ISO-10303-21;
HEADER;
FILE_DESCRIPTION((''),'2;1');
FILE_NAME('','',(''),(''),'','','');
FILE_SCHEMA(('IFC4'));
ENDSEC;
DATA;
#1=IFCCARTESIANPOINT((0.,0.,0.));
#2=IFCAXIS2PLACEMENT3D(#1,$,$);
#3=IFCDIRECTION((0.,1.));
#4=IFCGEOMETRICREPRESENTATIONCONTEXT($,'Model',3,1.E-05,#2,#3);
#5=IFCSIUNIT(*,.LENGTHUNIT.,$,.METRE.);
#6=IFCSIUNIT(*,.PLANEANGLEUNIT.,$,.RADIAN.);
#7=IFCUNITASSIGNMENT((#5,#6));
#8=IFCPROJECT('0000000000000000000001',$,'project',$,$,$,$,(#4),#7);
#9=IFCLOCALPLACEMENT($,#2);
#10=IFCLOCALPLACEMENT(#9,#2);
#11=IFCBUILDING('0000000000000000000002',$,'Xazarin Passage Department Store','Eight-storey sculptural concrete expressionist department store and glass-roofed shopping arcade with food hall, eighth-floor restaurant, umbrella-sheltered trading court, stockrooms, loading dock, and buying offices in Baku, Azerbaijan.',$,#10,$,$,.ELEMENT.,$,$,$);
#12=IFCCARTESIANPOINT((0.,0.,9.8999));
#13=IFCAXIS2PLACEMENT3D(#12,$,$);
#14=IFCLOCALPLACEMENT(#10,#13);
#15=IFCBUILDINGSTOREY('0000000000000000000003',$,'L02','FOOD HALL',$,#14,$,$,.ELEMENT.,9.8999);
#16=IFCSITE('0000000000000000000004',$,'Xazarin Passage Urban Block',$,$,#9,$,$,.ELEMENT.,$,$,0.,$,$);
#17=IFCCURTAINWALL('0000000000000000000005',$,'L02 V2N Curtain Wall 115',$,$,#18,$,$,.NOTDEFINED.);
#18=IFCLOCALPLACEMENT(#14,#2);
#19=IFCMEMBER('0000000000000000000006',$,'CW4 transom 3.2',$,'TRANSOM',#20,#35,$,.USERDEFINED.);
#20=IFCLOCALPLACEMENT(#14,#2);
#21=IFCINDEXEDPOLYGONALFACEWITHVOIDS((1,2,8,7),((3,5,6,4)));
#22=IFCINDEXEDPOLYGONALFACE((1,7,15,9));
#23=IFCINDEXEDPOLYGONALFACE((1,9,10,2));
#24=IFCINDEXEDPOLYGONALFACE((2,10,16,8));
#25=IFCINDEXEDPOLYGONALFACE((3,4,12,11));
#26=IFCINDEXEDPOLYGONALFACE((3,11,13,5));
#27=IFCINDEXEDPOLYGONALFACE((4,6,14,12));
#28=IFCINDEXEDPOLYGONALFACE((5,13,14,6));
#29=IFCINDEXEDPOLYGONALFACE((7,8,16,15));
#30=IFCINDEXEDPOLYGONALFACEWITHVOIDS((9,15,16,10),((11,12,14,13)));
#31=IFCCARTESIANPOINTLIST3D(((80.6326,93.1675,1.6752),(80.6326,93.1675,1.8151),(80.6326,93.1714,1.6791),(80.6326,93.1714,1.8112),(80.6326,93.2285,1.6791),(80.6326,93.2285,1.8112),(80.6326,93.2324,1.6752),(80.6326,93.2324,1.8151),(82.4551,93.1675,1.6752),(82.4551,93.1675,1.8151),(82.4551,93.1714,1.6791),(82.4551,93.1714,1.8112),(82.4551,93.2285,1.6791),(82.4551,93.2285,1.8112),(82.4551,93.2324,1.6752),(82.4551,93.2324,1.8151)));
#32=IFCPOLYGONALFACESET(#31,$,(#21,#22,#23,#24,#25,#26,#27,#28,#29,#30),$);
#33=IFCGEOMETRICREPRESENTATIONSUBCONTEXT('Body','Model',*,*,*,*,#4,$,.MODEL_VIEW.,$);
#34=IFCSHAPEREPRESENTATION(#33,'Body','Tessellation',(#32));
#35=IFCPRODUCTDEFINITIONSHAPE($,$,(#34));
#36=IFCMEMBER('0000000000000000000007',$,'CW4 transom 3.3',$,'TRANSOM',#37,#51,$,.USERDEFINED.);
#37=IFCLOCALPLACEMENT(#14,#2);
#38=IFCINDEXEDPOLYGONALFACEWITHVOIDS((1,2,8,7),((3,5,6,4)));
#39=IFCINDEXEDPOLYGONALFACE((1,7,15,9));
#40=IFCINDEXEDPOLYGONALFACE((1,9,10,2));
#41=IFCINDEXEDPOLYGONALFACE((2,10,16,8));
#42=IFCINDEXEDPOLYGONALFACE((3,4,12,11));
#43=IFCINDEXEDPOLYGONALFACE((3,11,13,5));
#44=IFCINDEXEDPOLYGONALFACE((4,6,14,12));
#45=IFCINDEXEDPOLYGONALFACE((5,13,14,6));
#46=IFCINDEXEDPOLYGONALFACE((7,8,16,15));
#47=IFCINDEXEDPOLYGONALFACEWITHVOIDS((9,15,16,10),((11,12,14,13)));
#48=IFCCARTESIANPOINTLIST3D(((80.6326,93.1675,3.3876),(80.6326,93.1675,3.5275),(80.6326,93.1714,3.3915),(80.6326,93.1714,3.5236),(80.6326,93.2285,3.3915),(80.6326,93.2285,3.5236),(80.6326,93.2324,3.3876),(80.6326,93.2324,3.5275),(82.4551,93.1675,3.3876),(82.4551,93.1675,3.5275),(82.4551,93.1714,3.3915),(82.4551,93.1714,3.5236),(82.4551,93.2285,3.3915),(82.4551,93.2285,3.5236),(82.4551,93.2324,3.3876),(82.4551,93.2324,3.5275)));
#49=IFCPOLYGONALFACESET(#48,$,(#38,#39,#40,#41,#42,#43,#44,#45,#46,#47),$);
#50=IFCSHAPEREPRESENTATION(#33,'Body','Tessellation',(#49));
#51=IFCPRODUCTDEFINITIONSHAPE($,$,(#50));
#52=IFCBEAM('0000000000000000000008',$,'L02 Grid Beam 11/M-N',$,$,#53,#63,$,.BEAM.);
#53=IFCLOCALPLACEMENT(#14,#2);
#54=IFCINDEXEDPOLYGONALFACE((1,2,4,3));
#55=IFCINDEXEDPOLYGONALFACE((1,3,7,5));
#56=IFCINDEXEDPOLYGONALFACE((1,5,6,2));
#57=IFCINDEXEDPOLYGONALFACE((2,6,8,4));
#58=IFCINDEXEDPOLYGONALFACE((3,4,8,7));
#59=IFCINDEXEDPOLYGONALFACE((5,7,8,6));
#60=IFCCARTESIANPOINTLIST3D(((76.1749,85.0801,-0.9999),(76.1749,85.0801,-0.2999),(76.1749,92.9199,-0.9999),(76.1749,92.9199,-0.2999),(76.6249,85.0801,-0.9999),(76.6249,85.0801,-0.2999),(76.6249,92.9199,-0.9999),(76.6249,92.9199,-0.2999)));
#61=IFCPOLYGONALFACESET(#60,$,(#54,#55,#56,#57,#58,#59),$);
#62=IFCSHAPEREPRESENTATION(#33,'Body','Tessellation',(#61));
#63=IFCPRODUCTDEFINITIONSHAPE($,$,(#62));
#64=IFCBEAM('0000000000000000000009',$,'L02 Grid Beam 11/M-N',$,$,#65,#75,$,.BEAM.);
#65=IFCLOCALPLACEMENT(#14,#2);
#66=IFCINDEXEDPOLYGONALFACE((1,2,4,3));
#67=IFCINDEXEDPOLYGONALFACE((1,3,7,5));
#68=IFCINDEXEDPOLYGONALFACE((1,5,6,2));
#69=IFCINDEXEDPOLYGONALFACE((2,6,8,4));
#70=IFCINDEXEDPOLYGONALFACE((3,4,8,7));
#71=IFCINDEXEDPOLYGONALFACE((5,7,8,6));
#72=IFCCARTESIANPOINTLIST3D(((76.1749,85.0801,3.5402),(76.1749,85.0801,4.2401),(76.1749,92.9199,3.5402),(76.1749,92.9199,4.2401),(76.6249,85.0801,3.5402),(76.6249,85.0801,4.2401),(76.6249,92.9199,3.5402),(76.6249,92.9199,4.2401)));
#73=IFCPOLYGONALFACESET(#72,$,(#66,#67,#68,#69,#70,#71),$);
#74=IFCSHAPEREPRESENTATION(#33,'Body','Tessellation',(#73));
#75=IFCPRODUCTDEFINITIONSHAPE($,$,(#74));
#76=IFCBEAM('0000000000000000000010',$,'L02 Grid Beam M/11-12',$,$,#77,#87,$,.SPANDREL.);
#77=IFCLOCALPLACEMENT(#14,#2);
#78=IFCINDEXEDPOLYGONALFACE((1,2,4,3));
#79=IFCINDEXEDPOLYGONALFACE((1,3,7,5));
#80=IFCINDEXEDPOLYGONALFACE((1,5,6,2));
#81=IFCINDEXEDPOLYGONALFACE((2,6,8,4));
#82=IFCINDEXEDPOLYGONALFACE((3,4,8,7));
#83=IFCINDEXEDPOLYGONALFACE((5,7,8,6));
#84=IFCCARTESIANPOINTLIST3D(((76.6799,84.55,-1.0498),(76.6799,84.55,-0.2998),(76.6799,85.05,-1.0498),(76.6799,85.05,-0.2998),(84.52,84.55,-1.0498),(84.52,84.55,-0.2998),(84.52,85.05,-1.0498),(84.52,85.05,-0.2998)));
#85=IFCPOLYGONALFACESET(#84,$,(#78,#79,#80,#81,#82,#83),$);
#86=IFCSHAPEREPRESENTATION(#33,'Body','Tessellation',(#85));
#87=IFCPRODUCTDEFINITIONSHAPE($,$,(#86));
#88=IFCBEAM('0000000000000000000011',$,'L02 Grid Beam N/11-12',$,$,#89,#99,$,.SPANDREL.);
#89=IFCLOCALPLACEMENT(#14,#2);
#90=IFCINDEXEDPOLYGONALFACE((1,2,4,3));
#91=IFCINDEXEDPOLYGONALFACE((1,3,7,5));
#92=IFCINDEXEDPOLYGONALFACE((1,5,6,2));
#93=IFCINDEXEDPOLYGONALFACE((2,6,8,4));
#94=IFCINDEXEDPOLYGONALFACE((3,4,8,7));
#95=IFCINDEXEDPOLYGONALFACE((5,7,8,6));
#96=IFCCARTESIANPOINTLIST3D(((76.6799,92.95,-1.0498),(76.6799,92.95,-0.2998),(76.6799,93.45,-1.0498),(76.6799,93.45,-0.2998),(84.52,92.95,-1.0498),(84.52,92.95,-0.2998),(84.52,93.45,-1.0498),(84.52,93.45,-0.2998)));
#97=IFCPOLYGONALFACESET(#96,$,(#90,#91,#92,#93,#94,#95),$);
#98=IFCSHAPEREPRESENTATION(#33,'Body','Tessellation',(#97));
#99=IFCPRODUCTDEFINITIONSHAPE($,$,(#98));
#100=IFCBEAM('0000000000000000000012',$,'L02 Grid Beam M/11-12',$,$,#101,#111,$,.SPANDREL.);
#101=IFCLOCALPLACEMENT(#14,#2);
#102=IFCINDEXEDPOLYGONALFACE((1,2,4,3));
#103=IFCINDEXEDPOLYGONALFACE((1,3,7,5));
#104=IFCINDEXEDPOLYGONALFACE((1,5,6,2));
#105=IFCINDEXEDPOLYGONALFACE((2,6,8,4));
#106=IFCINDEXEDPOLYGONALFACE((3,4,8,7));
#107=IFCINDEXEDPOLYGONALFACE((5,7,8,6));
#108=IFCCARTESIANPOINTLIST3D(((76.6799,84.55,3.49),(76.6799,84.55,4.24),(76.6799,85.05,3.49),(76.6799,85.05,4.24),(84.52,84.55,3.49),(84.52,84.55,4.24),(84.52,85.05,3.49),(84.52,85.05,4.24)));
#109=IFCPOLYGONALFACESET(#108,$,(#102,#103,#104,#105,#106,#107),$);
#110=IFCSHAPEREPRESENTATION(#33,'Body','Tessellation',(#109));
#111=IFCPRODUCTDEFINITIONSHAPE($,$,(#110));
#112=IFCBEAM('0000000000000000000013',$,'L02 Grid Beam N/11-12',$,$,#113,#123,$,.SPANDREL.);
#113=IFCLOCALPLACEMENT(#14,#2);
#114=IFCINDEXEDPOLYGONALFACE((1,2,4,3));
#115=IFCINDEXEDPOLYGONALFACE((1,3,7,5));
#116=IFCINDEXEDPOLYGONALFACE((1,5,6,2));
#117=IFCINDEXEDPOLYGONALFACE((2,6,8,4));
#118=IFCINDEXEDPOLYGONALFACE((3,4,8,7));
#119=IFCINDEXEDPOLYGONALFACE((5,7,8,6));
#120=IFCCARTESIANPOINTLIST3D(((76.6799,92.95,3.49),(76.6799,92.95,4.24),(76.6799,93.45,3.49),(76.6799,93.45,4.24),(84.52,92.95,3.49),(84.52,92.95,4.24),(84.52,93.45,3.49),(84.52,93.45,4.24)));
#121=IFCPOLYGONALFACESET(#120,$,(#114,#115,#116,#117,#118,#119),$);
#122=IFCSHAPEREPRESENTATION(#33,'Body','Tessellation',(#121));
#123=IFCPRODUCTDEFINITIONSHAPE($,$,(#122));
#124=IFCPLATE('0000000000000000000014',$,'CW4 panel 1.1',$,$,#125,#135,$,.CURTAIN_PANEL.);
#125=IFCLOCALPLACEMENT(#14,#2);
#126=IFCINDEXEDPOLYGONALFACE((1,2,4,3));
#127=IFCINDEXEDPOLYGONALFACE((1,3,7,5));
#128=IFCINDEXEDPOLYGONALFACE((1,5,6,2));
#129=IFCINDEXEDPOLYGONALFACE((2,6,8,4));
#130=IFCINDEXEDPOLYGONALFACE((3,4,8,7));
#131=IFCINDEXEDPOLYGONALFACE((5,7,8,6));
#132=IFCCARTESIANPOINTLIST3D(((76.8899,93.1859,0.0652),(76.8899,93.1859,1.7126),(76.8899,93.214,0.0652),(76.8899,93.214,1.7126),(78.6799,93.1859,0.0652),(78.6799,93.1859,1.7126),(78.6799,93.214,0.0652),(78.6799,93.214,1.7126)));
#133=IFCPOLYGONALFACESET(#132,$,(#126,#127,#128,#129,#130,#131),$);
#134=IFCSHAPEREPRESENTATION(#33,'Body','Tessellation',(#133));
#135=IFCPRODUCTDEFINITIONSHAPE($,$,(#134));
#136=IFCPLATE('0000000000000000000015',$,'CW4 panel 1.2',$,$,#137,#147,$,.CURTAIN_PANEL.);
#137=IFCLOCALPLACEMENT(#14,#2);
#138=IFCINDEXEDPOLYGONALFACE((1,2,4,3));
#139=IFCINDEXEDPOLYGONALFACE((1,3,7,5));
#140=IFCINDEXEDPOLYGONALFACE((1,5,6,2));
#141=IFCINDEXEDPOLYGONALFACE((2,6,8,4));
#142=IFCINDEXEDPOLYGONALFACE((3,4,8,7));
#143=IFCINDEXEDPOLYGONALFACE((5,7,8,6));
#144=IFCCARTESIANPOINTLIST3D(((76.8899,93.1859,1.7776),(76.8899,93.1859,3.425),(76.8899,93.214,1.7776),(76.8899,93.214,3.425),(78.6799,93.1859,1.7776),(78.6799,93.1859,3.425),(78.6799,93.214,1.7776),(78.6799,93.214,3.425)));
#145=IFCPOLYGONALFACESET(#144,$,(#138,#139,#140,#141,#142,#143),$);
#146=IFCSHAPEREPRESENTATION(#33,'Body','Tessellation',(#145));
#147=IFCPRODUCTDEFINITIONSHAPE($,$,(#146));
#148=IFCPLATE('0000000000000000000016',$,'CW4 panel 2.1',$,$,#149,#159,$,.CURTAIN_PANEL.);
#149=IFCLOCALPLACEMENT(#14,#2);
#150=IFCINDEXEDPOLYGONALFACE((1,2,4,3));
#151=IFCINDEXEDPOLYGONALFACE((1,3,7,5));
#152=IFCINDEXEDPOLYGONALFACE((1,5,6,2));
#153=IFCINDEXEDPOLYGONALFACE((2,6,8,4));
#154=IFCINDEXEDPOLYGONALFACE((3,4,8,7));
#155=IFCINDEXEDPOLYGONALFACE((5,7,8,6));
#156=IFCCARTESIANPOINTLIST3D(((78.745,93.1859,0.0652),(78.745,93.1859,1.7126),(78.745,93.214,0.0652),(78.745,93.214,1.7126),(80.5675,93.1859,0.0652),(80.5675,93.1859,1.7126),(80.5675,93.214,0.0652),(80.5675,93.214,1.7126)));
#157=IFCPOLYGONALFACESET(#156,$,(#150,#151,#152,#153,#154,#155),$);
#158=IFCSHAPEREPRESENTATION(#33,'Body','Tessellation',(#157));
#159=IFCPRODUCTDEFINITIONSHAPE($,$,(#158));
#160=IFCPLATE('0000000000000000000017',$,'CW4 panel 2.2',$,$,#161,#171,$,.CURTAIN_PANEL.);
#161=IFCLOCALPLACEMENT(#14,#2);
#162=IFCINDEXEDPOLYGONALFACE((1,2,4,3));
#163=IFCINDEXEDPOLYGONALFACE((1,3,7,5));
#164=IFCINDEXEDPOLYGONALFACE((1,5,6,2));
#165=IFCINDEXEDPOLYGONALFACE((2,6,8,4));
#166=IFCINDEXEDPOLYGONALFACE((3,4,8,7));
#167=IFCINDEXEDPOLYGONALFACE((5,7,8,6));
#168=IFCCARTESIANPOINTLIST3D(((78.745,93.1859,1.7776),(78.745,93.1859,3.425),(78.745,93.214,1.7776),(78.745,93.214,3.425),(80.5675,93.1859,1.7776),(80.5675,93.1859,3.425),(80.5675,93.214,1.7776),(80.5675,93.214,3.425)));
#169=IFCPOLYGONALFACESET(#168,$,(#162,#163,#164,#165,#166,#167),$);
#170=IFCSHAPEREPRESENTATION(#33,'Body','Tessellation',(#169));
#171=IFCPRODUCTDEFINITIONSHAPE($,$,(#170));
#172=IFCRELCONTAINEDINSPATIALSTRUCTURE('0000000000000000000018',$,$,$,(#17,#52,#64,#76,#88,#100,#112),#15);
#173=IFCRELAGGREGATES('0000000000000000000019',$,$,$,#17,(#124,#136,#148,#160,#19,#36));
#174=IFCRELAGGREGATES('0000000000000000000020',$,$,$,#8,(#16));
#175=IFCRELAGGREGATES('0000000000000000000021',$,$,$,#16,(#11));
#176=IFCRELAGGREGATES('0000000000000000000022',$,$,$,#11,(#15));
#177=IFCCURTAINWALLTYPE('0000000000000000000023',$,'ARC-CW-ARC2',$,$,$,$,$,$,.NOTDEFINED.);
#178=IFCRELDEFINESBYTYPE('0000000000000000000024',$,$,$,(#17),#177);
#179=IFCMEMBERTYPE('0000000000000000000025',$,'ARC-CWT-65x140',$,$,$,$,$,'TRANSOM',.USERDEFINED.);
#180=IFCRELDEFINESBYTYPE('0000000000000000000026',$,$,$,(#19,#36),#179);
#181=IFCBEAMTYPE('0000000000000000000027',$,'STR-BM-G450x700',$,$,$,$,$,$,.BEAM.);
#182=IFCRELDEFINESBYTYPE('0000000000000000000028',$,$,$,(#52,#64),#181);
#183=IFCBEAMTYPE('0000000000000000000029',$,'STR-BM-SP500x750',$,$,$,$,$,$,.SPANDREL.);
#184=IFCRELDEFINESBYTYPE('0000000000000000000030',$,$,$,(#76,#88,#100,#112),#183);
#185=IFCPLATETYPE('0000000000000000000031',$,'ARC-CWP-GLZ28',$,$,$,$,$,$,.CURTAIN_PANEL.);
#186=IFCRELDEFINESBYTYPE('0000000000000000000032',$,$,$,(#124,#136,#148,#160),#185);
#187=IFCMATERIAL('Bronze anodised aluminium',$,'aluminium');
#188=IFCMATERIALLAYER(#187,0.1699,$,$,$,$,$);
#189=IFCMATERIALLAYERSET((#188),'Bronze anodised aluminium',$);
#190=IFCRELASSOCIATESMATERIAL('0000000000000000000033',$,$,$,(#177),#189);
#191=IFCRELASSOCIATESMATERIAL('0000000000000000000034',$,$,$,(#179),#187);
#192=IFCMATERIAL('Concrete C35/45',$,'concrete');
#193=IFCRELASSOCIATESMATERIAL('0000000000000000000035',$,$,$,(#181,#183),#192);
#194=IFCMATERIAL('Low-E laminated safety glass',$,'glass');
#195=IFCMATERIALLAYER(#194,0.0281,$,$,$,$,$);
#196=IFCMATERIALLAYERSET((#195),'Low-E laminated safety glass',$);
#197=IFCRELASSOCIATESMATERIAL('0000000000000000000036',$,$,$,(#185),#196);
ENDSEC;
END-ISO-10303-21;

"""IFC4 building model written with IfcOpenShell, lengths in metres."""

from ifc_helpers import new_model, si_unit, direction, frame, origin, origin_2d, place, context, subcontext, project, spatial, rectangle, hollow_rectangle, extrude, material, layer, layer_set, material_profile, profile_set, type_object, element, aggregate, save


model = new_model("IFC4")

# Units and contexts
model_context = context("Model", 3, precision=1e-05, world=origin(), true_north=direction((0.0, 1.0)))
body_context = subcontext(model_context, "Body", "Model", "MODEL_VIEW")
ifc_project = project(units=[si_unit("LENGTHUNIT", "METRE"), si_unit("PLANEANGLEUNIT", "RADIAN")], contexts=[model_context])

# Site, building, storey
site_placement = place(None, origin())
site = spatial("IfcSite", under=ifc_project, at=site_placement, Name="Xazarin Passage Urban Block", CompositionType="ELEMENT", RefElevation=0.0)
building_placement = place(site_placement, origin())
building = spatial("IfcBuilding", under=site, at=building_placement, Name="Xazarin Passage Department Store", Description="Eight-storey sculptural concrete expressionist department store and glass-roofed shopping arcade with food hall, eighth-floor restaurant, umbrella-sheltered trading court, stockrooms, loading dock, and buying offices in Baku, Azerbaijan.", CompositionType="ELEMENT")
storey_placement = place(building_placement, frame((0.0, 0.0, 9.8999)))
storey = spatial("IfcBuildingStorey", under=building, at=storey_placement, Name="L02", Description="FOOD HALL", CompositionType="ELEMENT", Elevation=9.8999)

# Curtain wall, members
ifc_material_1 = material(Name="Bronze anodised aluminium", Category="aluminium")
ifc_layer_1 = layer(ifc_material_1, 0.1699)
ifc_layer_set_1 = layer_set([ifc_layer_1], Name="Bronze anodised aluminium")
curtain_wall_type = type_object("IfcCurtainWallType", Name="ARC-CW-ARC2", PredefinedType="NOTDEFINED", material=ifc_layer_set_1)
curtain_wall_placement = place(storey_placement, origin())
curtain_wall = element("IfcCurtainWall", 1, at=curtain_wall_placement, inside=storey, type_object=curtain_wall_type, Name="L02 V2N Curtain Wall 115", PredefinedType="NOTDEFINED")
ifc_material_profile_1 = material_profile(ifc_material_1, hollow_rectangle(XDim=0.0649, YDim=0.1399, WallThickness=0.0039, at=origin_2d()), Name="ALU 65x140")
ifc_profile_set_1 = profile_set([ifc_material_profile_1], Name="Bronze anodised aluminium")
member_type_1 = type_object("IfcMemberType", Name="ARC-CWT-65x140", ElementType="TRANSOM", PredefinedType="USERDEFINED", material=ifc_profile_set_1)
member_1_placement = place(storey_placement, frame((80.6326, 93.2, 1.7451), z_axis=(1.0, 0.0, 0.0), x_axis=(0.0, 1.0, 0.0)))
member_1 = element("IfcMember", 2, at=member_1_placement, type_object=member_type_1, Name="CW4 transom 3.2", ObjectType="TRANSOM", PredefinedType="USERDEFINED", context=body_context, shape_type="SweptSolid", body=[
    extrude(hollow_rectangle(XDim=0.0649, YDim=0.1399, WallThickness=0.0039, at=origin_2d()), origin(), (0.0, 0.0, 1.0), 1.8225),
])
member_2_placement = place(storey_placement, frame((80.6326, 93.2, 3.4575), z_axis=(1.0, 0.0, 0.0), x_axis=(0.0, 1.0, 0.0)))
member_2 = element("IfcMember", 3, at=member_2_placement, type_object=member_type_1, Name="CW4 transom 3.3", ObjectType="TRANSOM", PredefinedType="USERDEFINED", context=body_context, shape_type="SweptSolid", body=[
    extrude(hollow_rectangle(XDim=0.0649, YDim=0.1399, WallThickness=0.0039, at=origin_2d()), origin(), (0.0, 0.0, 1.0), 1.8225),
])

# Beams
ifc_material_2 = material(Name="Concrete C35/45", Category="concrete")
ifc_material_profile_2 = material_profile(ifc_material_2, rectangle(XDim=0.45, YDim=0.7, at=origin_2d()), Name="RC 450x700")
ifc_profile_set_2 = profile_set([ifc_material_profile_2], Name="Concrete C35/45")
beam_type_1 = type_object("IfcBeamType", Name="STR-BM-G450x700", PredefinedType="BEAM", material=ifc_profile_set_2)
for number, where, z_axis, x_axis, name in (
    (4, (76.3999, 85.0801, -0.6499), (0.0, 1.0, 0.0), (-1.0, 0.0, 0.0), "L02 Grid Beam 11/M-N"),
    (5, (76.3999, 85.0801, 3.8901), (0.0, 1.0, 0.0), (-1.0, 0.0, 0.0), "L02 Grid Beam 11/M-N"),
):
    element("IfcBeam", number, at=place(storey_placement, frame(where, z_axis=z_axis, x_axis=x_axis)), inside=storey, type_object=beam_type_1, Name=name, PredefinedType="BEAM", context=body_context, shape_type="SweptSolid", body=[
        extrude(rectangle(XDim=0.45, YDim=0.7, at=origin_2d()), origin(), (0.0, 0.0, 1.0), 7.8398),
    ])
ifc_material_profile_3 = material_profile(ifc_material_2, rectangle(XDim=0.5, YDim=0.75, at=origin_2d()), Name="RC 500x750")
ifc_profile_set_3 = profile_set([ifc_material_profile_3], Name="Concrete C35/45")
beam_type_2 = type_object("IfcBeamType", Name="STR-BM-SP500x750", PredefinedType="SPANDREL", material=ifc_profile_set_3)
for number, where, z_axis, x_axis, name in (
    (6, (76.6799, 84.8, -0.6748), (1.0, 0.0, 0.0), (0.0, 1.0, 0.0), "L02 Grid Beam M/11-12"),
    (7, (76.6799, 93.2, -0.6748), (1.0, 0.0, 0.0), (0.0, 1.0, 0.0), "L02 Grid Beam N/11-12"),
    (8, (76.6799, 84.8, 3.865), (1.0, 0.0, 0.0), (0.0, 1.0, 0.0), "L02 Grid Beam M/11-12"),
    (9, (76.6799, 93.2, 3.865), (1.0, 0.0, 0.0), (0.0, 1.0, 0.0), "L02 Grid Beam N/11-12"),
):
    element("IfcBeam", number, at=place(storey_placement, frame(where, z_axis=z_axis, x_axis=x_axis)), inside=storey, type_object=beam_type_2, Name=name, PredefinedType="SPANDREL", context=body_context, shape_type="SweptSolid", body=[
        extrude(rectangle(XDim=0.5, YDim=0.75, at=origin_2d()), origin(), (0.0, 0.0, 1.0), 7.8401),
    ])

# Plates
ifc_material_3 = material(Name="Low-E laminated safety glass", Category="glass")
ifc_layer_2 = layer(ifc_material_3, 0.0281)
ifc_layer_set_2 = layer_set([ifc_layer_2], Name="Low-E laminated safety glass")
plate_type = type_object("IfcPlateType", Name="ARC-CWP-GLZ28", PredefinedType="CURTAIN_PANEL", material=ifc_layer_set_2)
plate_1_placement = place(storey_placement, frame((77.7849, 93.2, 0.0652), z_axis=(0.0, 0.0, 1.0), x_axis=(1.0, 0.0, 0.0)))
plate_1 = element("IfcPlate", 10, at=plate_1_placement, type_object=plate_type, Name="CW4 panel 1.1", PredefinedType="CURTAIN_PANEL", context=body_context, shape_type="SweptSolid", body=[
    extrude(rectangle(XDim=1.79, YDim=0.0281, at=origin_2d()), origin(), (0.0, 0.0, 1.0), 1.6475),
])
plate_2_placement = place(storey_placement, frame((77.7849, 93.2, 1.7776), z_axis=(0.0, 0.0, 1.0), x_axis=(1.0, 0.0, 0.0)))
plate_2 = element("IfcPlate", 11, at=plate_2_placement, type_object=plate_type, Name="CW4 panel 1.2", PredefinedType="CURTAIN_PANEL", context=body_context, shape_type="SweptSolid", body=[
    extrude(rectangle(XDim=1.79, YDim=0.0281, at=origin_2d()), origin(), (0.0, 0.0, 1.0), 1.6475),
])
plate_3_placement = place(storey_placement, frame((79.6562, 93.2, 0.0652), z_axis=(0.0, 0.0, 1.0), x_axis=(1.0, 0.0, 0.0)))
plate_3 = element("IfcPlate", 12, at=plate_3_placement, type_object=plate_type, Name="CW4 panel 2.1", PredefinedType="CURTAIN_PANEL", context=body_context, shape_type="SweptSolid", body=[
    extrude(rectangle(XDim=1.8225, YDim=0.0281, at=origin_2d()), origin(), (0.0, 0.0, 1.0), 1.6475),
])
plate_4_placement = place(storey_placement, frame((79.6562, 93.2, 1.7776), z_axis=(0.0, 0.0, 1.0), x_axis=(1.0, 0.0, 0.0)))
plate_4 = element("IfcPlate", 13, at=plate_4_placement, type_object=plate_type, Name="CW4 panel 2.2", PredefinedType="CURTAIN_PANEL", context=body_context, shape_type="SweptSolid", body=[
    extrude(rectangle(XDim=1.8225, YDim=0.0281, at=origin_2d()), origin(), (0.0, 0.0, 1.0), 1.6475),
])
aggregate(curtain_wall, [plate_1, plate_2, plate_3, plate_4, member_1, member_2])

save(model, "model.ifc")
